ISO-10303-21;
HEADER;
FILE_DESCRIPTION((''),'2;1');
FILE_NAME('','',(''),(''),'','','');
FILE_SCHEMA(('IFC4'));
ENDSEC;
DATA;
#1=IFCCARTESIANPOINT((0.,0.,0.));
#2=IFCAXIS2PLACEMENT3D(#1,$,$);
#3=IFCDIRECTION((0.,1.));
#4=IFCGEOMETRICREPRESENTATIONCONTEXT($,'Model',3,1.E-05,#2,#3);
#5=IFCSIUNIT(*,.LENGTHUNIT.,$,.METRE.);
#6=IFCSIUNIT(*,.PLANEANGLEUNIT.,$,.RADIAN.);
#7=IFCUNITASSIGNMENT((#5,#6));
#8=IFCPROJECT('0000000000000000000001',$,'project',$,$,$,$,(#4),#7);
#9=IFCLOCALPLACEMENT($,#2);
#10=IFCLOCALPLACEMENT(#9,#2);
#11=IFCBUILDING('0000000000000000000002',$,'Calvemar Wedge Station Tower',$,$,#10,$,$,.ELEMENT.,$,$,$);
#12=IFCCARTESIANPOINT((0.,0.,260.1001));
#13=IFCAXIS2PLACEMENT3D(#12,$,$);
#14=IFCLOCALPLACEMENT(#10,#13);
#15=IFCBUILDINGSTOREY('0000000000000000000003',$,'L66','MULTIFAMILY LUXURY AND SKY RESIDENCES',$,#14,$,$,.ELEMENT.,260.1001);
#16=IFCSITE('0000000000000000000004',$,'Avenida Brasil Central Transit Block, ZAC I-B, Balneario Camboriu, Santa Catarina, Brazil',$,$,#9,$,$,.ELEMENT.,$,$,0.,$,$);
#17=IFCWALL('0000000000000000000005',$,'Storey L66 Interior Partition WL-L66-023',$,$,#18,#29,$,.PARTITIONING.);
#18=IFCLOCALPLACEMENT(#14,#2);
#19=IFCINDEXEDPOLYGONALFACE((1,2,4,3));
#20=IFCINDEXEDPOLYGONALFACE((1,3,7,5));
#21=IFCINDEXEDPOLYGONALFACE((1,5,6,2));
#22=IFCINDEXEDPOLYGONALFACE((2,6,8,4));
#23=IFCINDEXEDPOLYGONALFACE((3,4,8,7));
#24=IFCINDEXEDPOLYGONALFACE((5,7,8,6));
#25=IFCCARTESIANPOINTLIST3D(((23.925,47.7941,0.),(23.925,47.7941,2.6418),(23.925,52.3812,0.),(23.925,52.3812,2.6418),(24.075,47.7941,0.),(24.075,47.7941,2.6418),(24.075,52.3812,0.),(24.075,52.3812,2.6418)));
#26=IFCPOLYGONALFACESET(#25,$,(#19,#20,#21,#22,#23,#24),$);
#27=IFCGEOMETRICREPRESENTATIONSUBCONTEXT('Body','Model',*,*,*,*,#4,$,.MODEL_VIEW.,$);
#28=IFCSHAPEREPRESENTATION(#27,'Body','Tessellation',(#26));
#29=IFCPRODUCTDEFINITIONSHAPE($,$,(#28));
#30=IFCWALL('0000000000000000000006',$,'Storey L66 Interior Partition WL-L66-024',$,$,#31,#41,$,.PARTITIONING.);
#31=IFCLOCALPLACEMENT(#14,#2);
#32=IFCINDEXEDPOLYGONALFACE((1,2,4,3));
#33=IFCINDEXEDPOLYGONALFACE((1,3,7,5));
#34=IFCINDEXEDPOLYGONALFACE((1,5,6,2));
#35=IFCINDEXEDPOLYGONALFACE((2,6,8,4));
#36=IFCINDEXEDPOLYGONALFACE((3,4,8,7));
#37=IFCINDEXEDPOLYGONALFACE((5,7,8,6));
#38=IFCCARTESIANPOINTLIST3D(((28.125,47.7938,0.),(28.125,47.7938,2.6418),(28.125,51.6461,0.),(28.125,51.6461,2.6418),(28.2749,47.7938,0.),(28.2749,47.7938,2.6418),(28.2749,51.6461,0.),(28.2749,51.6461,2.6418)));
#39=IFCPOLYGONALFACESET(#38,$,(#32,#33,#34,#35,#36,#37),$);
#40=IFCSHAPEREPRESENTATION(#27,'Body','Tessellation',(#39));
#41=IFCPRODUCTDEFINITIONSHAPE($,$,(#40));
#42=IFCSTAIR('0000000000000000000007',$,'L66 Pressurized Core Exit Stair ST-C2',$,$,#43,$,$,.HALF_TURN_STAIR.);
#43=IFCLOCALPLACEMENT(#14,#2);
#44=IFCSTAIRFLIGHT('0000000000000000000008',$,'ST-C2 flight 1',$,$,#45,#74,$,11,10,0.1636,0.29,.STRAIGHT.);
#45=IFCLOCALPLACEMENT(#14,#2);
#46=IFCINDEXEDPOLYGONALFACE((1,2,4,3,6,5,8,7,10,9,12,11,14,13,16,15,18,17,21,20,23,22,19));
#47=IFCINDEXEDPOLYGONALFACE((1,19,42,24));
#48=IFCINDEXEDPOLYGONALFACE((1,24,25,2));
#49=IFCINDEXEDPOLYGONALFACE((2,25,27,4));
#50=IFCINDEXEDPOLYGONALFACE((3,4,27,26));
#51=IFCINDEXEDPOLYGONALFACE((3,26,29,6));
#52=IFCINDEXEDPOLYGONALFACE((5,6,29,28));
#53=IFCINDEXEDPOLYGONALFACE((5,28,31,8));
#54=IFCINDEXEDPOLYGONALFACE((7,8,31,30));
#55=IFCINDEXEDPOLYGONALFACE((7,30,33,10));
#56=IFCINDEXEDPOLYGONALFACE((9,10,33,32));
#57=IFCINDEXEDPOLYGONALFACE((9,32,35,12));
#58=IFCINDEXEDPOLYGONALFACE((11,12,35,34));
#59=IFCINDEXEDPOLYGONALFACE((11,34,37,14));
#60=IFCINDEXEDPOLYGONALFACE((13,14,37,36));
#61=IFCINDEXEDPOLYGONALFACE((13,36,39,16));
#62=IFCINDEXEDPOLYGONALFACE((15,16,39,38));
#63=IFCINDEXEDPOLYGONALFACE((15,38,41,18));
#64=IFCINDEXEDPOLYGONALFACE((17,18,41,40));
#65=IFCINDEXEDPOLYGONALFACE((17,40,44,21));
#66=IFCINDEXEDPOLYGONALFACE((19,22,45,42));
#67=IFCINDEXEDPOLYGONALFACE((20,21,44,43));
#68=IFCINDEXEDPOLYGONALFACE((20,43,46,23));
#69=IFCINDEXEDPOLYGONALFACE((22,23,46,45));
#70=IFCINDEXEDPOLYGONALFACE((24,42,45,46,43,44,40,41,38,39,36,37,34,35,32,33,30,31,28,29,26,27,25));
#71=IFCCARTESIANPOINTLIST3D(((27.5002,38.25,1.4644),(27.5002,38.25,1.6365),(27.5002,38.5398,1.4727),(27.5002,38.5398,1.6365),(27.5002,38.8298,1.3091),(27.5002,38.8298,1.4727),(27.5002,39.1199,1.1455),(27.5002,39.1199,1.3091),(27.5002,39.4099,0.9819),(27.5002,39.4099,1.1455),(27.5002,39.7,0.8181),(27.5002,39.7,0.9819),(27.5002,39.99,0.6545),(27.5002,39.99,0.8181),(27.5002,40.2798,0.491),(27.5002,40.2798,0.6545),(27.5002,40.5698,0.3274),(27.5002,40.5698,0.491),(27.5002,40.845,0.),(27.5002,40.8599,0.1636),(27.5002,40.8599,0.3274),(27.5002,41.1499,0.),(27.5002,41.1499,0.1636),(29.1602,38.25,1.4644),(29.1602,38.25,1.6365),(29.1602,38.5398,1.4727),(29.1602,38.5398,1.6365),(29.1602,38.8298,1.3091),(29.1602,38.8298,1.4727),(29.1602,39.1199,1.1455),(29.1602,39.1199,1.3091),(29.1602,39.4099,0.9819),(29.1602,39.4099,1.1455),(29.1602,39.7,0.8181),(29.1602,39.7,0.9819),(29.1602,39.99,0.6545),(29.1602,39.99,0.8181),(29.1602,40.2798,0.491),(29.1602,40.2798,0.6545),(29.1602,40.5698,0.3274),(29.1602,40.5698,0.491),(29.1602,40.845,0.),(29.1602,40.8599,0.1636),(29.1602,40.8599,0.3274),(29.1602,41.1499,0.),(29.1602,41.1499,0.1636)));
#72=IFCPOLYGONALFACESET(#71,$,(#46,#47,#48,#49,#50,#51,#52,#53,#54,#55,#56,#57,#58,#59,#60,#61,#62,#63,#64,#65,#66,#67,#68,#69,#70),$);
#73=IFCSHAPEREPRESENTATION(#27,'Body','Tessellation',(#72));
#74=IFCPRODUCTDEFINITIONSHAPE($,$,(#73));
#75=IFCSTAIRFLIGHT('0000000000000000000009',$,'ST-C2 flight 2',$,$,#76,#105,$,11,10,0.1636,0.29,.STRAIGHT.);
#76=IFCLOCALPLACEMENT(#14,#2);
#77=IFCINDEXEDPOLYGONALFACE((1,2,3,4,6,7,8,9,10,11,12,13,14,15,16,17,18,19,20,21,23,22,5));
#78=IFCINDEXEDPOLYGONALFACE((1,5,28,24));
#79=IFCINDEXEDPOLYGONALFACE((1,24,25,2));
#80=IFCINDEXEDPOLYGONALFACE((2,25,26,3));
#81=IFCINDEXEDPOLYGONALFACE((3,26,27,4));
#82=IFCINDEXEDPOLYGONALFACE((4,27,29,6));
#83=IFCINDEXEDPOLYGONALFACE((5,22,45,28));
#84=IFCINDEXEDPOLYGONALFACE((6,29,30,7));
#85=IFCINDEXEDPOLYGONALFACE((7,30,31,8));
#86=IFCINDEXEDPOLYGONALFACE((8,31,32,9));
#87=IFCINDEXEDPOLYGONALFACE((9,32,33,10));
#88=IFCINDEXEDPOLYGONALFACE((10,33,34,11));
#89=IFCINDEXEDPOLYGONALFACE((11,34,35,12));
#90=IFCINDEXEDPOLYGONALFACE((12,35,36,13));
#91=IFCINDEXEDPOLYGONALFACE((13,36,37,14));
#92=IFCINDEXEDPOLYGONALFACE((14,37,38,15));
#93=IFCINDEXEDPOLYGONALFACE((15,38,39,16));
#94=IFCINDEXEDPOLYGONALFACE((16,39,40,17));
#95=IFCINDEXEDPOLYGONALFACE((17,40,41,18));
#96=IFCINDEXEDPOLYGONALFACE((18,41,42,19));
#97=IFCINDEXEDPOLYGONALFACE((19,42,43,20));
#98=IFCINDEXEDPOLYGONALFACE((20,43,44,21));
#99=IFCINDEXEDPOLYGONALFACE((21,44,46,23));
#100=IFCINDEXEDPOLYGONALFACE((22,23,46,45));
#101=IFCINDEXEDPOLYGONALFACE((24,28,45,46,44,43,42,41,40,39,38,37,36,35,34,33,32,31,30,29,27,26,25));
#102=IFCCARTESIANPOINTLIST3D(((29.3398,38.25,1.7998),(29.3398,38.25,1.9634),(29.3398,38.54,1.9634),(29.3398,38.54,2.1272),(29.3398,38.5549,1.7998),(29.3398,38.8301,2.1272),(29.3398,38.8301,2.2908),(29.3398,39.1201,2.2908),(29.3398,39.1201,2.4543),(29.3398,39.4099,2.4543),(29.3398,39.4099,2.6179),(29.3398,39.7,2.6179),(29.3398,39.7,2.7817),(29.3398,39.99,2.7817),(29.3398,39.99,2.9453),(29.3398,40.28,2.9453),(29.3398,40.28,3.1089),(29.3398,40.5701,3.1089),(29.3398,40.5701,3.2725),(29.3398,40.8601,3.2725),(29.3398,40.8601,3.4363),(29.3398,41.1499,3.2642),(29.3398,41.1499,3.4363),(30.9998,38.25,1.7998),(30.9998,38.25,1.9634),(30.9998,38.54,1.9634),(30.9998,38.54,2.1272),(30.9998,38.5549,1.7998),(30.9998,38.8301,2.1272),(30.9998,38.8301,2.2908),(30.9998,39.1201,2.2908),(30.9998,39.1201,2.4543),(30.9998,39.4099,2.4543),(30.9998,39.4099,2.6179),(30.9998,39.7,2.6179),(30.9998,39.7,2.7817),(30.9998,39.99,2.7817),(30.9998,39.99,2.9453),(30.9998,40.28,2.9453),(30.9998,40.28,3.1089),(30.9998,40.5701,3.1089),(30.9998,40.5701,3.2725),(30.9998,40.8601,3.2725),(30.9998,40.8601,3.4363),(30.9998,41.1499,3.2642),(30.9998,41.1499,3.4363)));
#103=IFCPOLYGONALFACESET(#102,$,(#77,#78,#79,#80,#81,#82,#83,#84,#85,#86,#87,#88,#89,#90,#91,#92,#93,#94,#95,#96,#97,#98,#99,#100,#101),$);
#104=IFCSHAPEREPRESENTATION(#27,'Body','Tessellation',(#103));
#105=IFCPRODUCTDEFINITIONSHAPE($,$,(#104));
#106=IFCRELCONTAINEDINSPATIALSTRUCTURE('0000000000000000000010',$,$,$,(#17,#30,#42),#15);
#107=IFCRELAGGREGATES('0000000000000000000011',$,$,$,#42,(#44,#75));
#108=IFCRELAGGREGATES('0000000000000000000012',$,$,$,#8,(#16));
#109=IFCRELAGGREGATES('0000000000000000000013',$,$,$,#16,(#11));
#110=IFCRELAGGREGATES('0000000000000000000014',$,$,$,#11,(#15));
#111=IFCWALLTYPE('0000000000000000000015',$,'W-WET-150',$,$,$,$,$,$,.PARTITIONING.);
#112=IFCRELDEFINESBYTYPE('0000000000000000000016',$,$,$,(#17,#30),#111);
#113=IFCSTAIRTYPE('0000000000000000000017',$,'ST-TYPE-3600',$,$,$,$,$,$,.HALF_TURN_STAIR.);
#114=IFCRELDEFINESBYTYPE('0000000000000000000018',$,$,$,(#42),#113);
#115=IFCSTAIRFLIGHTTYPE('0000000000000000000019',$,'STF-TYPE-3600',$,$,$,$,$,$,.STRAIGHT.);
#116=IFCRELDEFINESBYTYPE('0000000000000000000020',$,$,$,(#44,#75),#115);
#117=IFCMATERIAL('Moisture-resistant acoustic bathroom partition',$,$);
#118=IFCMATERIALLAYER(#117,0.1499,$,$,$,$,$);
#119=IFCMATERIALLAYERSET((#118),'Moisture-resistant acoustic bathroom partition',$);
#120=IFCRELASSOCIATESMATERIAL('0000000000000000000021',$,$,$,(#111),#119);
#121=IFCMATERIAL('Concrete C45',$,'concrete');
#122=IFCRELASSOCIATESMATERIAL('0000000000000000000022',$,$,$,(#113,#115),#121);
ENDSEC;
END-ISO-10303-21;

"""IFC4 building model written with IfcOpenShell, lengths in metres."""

from ifc_helpers import new_model, si_unit, direction, frame, frame_2d, origin, place, context, subcontext, project, spatial, polyline, rectangle, outline, extrude, material, layer, layer_set, type_object, element, aggregate, save


model = new_model("IFC4")

# Units and contexts
model_context = context("Model", 3, precision=1e-05, world=origin(), true_north=direction((0.0, 1.0)))
body_context = subcontext(model_context, "Body", "Model", "MODEL_VIEW")
ifc_project = project(units=[si_unit("LENGTHUNIT", "METRE"), si_unit("PLANEANGLEUNIT", "RADIAN")], contexts=[model_context])

# Site, building, storey
site_placement = place(None, origin())
site = spatial("IfcSite", under=ifc_project, at=site_placement, Name="Avenida Brasil Central Transit Block, ZAC I-B, Balneario Camboriu, Santa Catarina, Brazil", CompositionType="ELEMENT", RefElevation=0.0)
building_placement = place(site_placement, origin())
building = spatial("IfcBuilding", under=site, at=building_placement, Name="Calvemar Wedge Station Tower", CompositionType="ELEMENT")
storey_placement = place(building_placement, frame((0.0, 0.0, 260.1001)))
storey = spatial("IfcBuildingStorey", under=building, at=storey_placement, Name="L66", Description="MULTIFAMILY LUXURY AND SKY RESIDENCES", CompositionType="ELEMENT", Elevation=260.1001)

# Walls
ifc_material_1 = material(Name="Moisture-resistant acoustic bathroom partition")
ifc_layer_1 = layer(ifc_material_1, 0.1499)
ifc_layer_set_1 = layer_set([ifc_layer_1], Name="Moisture-resistant acoustic bathroom partition")
wall_type_1 = type_object("IfcWallType", Name="W-WET-150", PredefinedType="PARTITIONING", material=ifc_layer_set_1)
wall_1_placement = place(storey_placement, frame((24.0, 52.3811, 0.0), z_axis=(0.0, 0.0, 1.0), x_axis=(0.0, -1.0, 0.0)))
element("IfcWall", 1, at=wall_1_placement, inside=storey, type_object=wall_type_1, Name="Storey L66 Interior Partition WL-L66-023", PredefinedType="PARTITIONING", context=body_context, shape_type="SweptSolid", body=[
    extrude(rectangle(XDim=4.5872, YDim=0.1499, at=frame_2d((2.2935, 0.0))), origin(), (0.0, 0.0, 1.0), 2.6418),
])
wall_2_placement = place(storey_placement, frame((28.2, 51.6462, 0.0), z_axis=(0.0, 0.0, 1.0), x_axis=(0.0, -1.0, 0.0)))
element("IfcWall", 2, at=wall_2_placement, inside=storey, type_object=wall_type_1, Name="Storey L66 Interior Partition WL-L66-024", PredefinedType="PARTITIONING", context=body_context, shape_type="SweptSolid", body=[
    extrude(rectangle(XDim=3.8523, YDim=0.1499, at=frame_2d((1.9263, 0.0))), origin(), (0.0, 0.0, 1.0), 2.6418),
])

# Stair, stair flights
ifc_material_2 = material(Name="Concrete C45", Category="concrete")
stair_type = type_object("IfcStairType", Name="ST-TYPE-3600", PredefinedType="HALF_TURN_STAIR", material=ifc_material_2)
stair_placement = place(storey_placement, origin())
stair = element("IfcStair", 3, at=stair_placement, inside=storey, type_object=stair_type, Name="L66 Pressurized Core Exit Stair ST-C2", PredefinedType="HALF_TURN_STAIR")
stair_flight_type = type_object("IfcStairFlightType", Name="STF-TYPE-3600", PredefinedType="STRAIGHT", material=ifc_material_2)
stair_flight_1_placement = place(storey_placement, frame((28.3301, 41.1499, 0.0), z_axis=(0.0, 0.0, 1.0), x_axis=(0.0, -1.0, 0.0)))
stair_flight_1 = element("IfcStairFlight", 4, at=stair_flight_1_placement, type_object=stair_flight_type, Name="ST-C2 flight 1", NumberOfRisers=11, NumberOfTreads=10, PredefinedType="STRAIGHT", RiserHeight=0.1636, TreadLength=0.29, context=body_context, shape_type="SweptSolid", body=[
    extrude(outline(polyline([(0.0, 0.0), (0.0, 0.1636), (0.29, 0.1636), (0.29, 0.3274), (0.5801, 0.3274), (0.5801, 0.491), (0.8701, 0.491), (0.8701, 0.6545), (1.1599, 0.6545), (1.1599, 0.8181), (1.45, 0.8181), (1.45, 0.9819), (1.74, 0.9819), (1.74, 1.1455), (2.03, 1.1455), (2.03, 1.3091), (2.3201, 1.3091), (2.3201, 1.4727), (2.6101, 1.4727), (2.6101, 1.6365), (2.8999, 1.6365), (2.8999, 1.8), (2.8999, 1.4644), (0.3049, 0.0), (0.0, 0.0)])), frame((0.0, 0.8301, 0.0), z_axis=(0.0, -1.0, 0.0), x_axis=(1.0, 0.0, 0.0)), (0.0, 0.0, 1.0), 1.6599),
])
stair_flight_2_placement = place(storey_placement, frame((30.1699, 38.25, 1.7998), z_axis=(0.0, 0.0, 1.0), x_axis=(0.0, 1.0, 0.0)))
stair_flight_2 = element("IfcStairFlight", 5, at=stair_flight_2_placement, type_object=stair_flight_type, Name="ST-C2 flight 2", NumberOfRisers=11, NumberOfTreads=10, PredefinedType="STRAIGHT", RiserHeight=0.1636, TreadLength=0.29, context=body_context, shape_type="SweptSolid", body=[
    extrude(outline(polyline([(0.0, 0.0), (0.0, 0.1636), (0.29, 0.1636), (0.29, 0.3274), (0.5801, 0.3274), (0.5801, 0.491), (0.8701, 0.491), (0.8701, 0.6545), (1.1599, 0.6545), (1.1599, 0.8181), (1.45, 0.8181), (1.45, 0.9819), (1.74, 0.9819), (1.74, 1.1455), (2.03, 1.1455), (2.03, 1.3091), (2.3201, 1.3091), (2.3201, 1.4727), (2.6101, 1.4727), (2.6101, 1.6365), (2.8999, 1.6365), (2.8999, 1.8), (2.8999, 1.4644), (0.3049, 0.0), (0.0, 0.0)])), frame((0.0, 0.8301, 0.0), z_axis=(0.0, -1.0, 0.0), x_axis=(1.0, 0.0, 0.0)), (0.0, 0.0, 1.0), 1.6599),
])
aggregate(stair, [stair_flight_1, stair_flight_2])

save(model, "model.ifc")
